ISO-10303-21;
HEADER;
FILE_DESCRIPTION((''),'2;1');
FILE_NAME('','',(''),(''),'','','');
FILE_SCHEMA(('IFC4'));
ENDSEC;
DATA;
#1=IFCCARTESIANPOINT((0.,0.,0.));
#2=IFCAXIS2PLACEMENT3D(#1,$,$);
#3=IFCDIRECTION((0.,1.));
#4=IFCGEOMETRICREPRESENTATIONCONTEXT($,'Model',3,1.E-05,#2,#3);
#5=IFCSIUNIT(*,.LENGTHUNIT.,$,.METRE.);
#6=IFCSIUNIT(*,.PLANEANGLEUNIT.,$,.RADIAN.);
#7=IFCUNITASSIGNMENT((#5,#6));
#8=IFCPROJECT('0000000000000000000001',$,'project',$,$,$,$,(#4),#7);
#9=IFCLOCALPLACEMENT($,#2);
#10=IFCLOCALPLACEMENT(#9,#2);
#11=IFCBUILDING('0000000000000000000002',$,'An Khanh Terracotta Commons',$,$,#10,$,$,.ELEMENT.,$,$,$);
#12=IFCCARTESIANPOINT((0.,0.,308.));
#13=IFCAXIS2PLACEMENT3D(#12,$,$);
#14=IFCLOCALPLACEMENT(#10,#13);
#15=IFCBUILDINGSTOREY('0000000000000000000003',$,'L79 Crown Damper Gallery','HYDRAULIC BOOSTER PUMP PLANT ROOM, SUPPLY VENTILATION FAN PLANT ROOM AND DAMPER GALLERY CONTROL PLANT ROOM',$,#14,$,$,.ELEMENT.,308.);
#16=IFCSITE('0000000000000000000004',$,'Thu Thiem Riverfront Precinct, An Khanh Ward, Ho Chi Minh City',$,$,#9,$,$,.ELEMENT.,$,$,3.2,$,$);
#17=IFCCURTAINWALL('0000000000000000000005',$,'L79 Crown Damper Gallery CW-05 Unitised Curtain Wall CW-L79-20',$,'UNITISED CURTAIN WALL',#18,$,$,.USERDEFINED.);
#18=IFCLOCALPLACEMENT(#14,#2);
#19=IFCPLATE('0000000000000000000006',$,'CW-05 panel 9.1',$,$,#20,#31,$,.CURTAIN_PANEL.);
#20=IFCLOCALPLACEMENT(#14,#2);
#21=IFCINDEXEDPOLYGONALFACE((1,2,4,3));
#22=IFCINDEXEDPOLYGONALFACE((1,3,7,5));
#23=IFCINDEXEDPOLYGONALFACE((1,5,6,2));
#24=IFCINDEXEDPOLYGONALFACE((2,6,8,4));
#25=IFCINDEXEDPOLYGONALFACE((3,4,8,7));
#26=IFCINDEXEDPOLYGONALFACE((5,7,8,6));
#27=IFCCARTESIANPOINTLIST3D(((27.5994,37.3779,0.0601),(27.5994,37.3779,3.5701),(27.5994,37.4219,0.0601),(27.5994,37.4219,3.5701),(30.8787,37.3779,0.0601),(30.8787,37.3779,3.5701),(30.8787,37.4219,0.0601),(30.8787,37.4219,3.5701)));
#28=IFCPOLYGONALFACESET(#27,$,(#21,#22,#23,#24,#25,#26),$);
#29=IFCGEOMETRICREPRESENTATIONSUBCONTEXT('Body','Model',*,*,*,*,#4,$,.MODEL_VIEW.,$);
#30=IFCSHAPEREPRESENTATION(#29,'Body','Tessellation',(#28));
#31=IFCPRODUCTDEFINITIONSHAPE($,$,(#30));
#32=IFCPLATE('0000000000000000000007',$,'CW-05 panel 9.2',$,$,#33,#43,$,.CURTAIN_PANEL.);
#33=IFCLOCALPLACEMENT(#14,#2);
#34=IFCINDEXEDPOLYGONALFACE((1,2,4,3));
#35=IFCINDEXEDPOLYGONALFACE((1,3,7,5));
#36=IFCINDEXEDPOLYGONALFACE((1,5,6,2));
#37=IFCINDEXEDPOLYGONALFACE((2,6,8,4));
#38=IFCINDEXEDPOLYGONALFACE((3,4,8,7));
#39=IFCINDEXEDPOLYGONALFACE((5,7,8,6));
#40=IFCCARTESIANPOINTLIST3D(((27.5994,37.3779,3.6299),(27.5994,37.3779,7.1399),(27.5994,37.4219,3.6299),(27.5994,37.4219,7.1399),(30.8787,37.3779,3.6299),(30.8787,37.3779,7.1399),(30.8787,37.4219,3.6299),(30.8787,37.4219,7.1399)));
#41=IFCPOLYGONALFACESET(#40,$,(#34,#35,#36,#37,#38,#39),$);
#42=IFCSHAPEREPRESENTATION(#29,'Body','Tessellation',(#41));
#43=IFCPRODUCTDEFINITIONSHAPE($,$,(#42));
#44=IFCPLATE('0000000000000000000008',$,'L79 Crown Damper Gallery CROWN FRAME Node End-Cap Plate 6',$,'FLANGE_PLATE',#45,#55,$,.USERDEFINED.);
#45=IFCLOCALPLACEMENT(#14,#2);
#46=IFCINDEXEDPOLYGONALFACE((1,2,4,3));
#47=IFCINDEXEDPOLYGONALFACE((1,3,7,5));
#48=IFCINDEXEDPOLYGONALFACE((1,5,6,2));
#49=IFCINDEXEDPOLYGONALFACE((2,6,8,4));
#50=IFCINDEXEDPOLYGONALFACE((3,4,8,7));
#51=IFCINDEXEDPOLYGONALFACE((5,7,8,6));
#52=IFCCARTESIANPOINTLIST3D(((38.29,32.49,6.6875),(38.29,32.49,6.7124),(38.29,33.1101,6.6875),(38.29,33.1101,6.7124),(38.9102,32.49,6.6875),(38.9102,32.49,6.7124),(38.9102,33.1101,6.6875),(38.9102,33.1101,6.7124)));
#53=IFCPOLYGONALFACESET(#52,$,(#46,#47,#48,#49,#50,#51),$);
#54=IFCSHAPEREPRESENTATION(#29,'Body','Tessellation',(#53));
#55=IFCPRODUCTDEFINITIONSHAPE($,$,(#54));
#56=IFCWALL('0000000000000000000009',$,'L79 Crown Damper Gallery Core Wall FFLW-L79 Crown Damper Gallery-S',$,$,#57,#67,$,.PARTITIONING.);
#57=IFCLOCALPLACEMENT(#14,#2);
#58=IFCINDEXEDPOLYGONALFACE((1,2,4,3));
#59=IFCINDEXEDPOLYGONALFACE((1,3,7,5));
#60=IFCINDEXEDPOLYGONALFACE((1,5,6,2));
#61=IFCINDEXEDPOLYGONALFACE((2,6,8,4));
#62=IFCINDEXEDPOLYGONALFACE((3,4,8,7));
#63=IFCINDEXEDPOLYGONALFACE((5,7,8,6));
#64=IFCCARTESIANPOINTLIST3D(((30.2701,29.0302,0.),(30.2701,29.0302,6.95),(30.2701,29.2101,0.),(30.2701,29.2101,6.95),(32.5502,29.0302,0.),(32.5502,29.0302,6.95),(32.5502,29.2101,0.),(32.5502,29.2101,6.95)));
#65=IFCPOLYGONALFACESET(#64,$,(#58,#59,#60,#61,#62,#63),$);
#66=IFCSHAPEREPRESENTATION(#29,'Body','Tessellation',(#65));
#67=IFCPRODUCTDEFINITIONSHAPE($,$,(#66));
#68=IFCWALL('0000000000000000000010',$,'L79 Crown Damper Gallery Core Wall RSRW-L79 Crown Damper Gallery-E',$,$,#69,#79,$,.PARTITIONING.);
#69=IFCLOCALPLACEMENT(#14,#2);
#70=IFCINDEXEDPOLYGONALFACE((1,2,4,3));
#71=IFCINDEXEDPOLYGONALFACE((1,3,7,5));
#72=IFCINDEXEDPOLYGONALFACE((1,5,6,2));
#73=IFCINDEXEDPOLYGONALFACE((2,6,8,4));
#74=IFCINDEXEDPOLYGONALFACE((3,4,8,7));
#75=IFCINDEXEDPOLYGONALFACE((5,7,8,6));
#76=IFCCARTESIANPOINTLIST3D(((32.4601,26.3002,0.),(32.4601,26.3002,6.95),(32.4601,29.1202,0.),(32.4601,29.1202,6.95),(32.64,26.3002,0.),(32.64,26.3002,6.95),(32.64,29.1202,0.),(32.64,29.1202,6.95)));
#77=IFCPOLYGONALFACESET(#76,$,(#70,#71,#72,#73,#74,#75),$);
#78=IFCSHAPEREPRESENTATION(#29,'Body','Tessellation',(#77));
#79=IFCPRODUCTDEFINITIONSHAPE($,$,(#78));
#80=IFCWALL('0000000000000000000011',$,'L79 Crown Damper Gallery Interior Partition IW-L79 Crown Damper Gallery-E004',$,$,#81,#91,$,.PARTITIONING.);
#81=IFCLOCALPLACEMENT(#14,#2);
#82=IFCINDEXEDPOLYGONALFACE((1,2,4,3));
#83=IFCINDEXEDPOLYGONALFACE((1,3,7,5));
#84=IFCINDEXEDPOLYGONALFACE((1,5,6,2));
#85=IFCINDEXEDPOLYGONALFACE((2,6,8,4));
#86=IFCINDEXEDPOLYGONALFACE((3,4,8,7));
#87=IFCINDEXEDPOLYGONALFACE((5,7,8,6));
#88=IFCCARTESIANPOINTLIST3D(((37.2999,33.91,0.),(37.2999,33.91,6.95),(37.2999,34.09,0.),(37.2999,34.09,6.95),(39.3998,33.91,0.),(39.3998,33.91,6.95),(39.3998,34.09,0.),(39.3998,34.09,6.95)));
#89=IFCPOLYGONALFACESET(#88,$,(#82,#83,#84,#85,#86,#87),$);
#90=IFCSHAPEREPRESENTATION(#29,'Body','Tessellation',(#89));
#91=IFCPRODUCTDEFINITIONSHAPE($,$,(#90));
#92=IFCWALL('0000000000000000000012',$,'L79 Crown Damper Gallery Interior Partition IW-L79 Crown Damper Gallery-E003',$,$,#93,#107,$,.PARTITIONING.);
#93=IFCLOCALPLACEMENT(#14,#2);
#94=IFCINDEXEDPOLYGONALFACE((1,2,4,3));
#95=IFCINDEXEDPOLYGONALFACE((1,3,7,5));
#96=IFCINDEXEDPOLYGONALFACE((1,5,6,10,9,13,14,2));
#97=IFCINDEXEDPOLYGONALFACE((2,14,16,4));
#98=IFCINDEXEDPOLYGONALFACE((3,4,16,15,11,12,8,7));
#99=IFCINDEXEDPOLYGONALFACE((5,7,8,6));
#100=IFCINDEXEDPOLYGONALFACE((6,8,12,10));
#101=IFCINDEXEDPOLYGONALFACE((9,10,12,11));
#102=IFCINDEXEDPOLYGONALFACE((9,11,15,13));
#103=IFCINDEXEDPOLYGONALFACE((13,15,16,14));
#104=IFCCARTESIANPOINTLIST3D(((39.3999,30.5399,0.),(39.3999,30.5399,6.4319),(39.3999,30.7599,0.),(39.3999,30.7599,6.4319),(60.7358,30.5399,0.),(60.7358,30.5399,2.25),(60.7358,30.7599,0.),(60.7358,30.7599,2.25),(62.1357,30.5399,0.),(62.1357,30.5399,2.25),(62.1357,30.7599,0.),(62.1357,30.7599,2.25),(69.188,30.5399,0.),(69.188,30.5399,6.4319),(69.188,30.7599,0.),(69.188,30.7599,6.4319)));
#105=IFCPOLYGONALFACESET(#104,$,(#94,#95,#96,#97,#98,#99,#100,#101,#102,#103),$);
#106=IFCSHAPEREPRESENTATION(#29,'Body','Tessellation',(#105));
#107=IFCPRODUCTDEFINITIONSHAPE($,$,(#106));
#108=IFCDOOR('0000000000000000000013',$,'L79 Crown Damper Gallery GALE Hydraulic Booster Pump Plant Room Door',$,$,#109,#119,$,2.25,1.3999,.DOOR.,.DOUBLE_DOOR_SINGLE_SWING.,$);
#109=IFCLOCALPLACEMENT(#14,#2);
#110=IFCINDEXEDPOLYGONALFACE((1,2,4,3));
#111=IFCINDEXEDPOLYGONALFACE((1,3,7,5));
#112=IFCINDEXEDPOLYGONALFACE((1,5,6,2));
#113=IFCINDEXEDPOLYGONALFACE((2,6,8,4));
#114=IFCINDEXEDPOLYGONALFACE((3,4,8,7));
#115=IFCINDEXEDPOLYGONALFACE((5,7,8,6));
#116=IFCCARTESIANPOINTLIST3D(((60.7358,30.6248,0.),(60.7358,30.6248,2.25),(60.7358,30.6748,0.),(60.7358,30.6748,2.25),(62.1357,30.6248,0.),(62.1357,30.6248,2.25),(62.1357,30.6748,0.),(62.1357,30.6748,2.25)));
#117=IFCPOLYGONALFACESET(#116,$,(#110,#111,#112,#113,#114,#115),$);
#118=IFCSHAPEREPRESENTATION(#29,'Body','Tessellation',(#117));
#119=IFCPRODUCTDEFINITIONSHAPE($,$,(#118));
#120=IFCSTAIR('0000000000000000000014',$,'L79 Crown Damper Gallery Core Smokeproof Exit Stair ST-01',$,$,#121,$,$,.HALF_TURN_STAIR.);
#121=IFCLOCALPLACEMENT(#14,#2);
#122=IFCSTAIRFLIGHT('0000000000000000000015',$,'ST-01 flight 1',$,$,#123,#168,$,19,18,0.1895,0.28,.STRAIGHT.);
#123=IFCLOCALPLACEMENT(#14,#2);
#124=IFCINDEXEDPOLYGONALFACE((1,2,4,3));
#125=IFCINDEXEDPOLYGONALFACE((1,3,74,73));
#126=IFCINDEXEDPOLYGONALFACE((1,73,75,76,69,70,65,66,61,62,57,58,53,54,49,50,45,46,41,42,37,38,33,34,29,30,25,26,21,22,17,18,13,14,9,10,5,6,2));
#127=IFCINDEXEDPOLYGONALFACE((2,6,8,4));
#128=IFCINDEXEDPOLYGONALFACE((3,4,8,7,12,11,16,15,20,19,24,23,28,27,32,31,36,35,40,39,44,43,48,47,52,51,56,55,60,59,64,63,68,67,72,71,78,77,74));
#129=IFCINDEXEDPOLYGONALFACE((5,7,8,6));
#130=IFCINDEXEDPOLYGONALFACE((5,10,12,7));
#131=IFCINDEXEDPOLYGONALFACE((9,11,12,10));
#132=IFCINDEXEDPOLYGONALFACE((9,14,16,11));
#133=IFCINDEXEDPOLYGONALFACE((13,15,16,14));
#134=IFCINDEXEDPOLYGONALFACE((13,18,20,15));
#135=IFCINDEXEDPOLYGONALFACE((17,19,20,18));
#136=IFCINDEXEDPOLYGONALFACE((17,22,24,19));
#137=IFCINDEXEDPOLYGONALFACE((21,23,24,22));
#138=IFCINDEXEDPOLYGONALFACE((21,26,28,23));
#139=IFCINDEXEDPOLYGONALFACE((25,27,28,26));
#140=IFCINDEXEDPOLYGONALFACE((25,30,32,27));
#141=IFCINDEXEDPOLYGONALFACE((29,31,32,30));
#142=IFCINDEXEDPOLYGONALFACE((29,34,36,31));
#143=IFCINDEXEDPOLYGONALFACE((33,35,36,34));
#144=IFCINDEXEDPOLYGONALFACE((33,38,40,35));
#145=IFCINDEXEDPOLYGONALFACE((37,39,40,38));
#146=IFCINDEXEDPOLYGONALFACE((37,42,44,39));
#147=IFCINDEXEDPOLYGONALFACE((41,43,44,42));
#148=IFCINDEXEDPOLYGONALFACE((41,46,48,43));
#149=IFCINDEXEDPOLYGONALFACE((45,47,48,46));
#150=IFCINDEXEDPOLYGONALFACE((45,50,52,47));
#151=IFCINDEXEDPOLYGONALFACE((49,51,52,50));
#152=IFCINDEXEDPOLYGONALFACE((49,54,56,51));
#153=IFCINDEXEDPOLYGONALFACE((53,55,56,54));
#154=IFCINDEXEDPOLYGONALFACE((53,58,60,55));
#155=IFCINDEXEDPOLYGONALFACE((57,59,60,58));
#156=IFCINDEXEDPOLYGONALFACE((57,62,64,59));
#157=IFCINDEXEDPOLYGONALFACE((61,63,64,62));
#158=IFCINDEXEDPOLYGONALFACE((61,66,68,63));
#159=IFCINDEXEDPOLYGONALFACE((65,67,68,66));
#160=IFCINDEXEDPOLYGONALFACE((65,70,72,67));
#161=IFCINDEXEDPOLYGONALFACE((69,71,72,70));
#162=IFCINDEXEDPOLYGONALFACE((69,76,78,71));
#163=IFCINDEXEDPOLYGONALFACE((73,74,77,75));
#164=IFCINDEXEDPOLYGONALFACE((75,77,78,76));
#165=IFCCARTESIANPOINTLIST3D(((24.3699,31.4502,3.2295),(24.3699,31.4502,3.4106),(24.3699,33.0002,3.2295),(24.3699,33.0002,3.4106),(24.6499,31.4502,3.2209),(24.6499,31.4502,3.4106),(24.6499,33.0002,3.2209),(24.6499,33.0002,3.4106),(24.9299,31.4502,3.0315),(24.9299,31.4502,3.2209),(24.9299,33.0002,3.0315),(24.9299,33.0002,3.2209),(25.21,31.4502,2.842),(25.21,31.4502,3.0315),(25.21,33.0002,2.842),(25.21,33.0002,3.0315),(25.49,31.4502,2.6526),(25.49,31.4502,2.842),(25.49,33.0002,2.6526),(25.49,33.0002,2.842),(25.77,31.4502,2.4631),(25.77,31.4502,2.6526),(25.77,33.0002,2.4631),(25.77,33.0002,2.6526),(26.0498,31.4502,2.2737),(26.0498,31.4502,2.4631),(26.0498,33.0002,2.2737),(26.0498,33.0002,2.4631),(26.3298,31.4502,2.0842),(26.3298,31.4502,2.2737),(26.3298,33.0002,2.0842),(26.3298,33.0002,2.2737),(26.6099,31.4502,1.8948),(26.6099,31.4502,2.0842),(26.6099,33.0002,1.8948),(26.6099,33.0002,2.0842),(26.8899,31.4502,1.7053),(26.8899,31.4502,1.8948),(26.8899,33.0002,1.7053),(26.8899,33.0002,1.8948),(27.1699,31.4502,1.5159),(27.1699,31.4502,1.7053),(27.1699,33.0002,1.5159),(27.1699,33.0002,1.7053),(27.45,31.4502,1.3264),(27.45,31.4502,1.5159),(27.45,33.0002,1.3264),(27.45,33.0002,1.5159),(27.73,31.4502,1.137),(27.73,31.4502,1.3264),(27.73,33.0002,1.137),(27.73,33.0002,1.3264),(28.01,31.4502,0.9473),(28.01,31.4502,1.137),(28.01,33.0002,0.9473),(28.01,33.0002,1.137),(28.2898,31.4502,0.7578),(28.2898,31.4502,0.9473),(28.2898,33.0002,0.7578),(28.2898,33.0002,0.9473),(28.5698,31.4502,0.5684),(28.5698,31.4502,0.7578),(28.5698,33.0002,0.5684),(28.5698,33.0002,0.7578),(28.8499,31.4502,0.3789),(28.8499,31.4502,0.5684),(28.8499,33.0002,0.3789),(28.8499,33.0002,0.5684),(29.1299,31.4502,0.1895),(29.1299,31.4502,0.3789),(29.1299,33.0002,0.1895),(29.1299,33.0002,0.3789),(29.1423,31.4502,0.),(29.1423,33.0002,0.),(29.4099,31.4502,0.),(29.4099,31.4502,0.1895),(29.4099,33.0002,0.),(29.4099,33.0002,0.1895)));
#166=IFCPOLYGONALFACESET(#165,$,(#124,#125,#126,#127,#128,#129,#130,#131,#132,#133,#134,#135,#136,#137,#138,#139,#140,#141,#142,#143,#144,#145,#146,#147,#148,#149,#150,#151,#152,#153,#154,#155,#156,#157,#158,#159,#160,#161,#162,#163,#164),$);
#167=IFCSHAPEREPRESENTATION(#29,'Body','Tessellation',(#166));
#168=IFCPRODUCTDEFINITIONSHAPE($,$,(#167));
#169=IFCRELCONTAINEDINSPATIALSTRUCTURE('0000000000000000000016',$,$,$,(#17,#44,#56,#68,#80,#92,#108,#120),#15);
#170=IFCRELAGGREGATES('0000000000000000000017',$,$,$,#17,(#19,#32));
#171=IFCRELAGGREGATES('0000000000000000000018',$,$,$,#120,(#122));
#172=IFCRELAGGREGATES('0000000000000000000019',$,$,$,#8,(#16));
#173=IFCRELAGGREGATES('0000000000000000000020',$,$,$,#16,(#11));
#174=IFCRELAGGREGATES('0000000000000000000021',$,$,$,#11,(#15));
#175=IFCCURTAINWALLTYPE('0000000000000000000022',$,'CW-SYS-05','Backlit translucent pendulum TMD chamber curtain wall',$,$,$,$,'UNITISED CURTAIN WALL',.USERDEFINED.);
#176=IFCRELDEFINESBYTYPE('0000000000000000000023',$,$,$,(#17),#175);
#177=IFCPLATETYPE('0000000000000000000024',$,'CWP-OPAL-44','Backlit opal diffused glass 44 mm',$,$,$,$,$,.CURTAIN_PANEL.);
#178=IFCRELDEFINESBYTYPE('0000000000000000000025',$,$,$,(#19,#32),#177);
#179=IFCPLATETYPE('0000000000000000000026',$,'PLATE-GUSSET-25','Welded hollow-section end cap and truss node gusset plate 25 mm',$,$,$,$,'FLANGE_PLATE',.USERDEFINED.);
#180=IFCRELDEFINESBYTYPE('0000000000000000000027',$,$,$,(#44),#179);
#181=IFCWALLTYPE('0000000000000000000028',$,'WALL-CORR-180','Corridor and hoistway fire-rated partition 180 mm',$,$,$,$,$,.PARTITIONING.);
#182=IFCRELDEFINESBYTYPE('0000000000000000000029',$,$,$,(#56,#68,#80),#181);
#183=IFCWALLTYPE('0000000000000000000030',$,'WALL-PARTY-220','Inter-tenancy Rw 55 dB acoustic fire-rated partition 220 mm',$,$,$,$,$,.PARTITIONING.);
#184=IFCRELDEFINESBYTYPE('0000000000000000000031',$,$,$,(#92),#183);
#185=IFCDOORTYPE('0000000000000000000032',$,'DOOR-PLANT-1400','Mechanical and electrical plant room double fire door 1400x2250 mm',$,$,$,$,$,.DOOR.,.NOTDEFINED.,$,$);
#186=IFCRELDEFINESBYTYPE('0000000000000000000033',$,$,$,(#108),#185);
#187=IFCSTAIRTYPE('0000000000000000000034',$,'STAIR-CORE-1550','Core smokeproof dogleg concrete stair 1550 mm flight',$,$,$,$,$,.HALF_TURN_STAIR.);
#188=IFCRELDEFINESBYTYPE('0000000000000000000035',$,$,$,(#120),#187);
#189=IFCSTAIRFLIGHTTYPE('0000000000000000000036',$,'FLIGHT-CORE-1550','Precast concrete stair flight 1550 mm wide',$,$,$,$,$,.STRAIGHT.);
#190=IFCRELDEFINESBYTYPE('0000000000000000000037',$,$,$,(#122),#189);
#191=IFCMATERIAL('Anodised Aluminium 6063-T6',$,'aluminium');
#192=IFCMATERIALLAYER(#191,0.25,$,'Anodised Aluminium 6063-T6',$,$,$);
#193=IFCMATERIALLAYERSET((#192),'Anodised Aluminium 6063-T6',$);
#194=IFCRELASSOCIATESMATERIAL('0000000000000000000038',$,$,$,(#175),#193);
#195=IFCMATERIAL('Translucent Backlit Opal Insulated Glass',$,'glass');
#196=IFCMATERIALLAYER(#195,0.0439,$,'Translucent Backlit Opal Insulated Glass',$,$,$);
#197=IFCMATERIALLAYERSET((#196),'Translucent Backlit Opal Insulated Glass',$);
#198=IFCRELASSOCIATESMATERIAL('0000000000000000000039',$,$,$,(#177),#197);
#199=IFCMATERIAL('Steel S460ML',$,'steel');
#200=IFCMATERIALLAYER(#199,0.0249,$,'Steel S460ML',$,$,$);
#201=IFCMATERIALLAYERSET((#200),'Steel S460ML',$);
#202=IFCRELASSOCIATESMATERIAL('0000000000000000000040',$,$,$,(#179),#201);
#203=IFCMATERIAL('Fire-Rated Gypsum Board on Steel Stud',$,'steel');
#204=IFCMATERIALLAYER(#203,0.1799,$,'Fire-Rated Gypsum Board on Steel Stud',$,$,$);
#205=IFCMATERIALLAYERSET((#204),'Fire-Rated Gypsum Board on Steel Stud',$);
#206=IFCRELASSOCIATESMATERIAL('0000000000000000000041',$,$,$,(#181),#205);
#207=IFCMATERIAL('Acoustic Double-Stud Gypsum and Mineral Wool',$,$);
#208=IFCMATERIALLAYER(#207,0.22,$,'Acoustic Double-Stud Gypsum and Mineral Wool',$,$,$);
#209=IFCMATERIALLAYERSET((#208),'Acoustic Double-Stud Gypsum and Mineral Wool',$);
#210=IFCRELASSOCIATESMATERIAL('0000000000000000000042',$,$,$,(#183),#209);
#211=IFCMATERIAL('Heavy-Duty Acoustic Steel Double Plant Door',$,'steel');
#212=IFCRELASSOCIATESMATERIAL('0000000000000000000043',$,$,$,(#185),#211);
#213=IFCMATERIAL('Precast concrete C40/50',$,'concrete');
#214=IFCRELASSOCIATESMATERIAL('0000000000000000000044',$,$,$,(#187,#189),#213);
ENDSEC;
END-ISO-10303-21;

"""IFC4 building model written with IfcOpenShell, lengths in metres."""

from ifc_helpers import new_model, si_unit, direction, frame, frame_2d, origin, origin_2d, place, context, subcontext, project, spatial, polyline, rectangle, outline, extrude, material, layer, layer_set, type_object, element, fill, aggregate, save


model = new_model("IFC4")

# Units and contexts
model_context = context("Model", 3, precision=1e-05, world=origin(), true_north=direction((0.0, 1.0)))
body_context = subcontext(model_context, "Body", "Model", "MODEL_VIEW")
ifc_project = project(units=[si_unit("LENGTHUNIT", "METRE"), si_unit("PLANEANGLEUNIT", "RADIAN")], contexts=[model_context])

# Site, building, storey
site_placement = place(None, origin())
site = spatial("IfcSite", under=ifc_project, at=site_placement, Name="Thu Thiem Riverfront Precinct, An Khanh Ward, Ho Chi Minh City", CompositionType="ELEMENT", RefElevation=3.2)
building_placement = place(site_placement, origin())
building = spatial("IfcBuilding", under=site, at=building_placement, Name="An Khanh Terracotta Commons", CompositionType="ELEMENT")
storey_placement = place(building_placement, frame((0.0, 0.0, 308.0)))
storey = spatial("IfcBuildingStorey", under=building, at=storey_placement, Name="L79 Crown Damper Gallery", Description="HYDRAULIC BOOSTER PUMP PLANT ROOM, SUPPLY VENTILATION FAN PLANT ROOM AND DAMPER GALLERY CONTROL PLANT ROOM", CompositionType="ELEMENT", Elevation=308.0)

# Shared definitions
ifc_material_1 = material(Name="Steel S460ML", Category="steel")

# Curtain wall, plates
ifc_material_2 = material(Name="Anodised Aluminium 6063-T6", Category="aluminium")
ifc_layer_1 = layer(ifc_material_2, 0.25, Name="Anodised Aluminium 6063-T6")
ifc_layer_set_1 = layer_set([ifc_layer_1], Name="Anodised Aluminium 6063-T6")
curtain_wall_type = type_object("IfcCurtainWallType", Name="CW-SYS-05", Description="Backlit translucent pendulum TMD chamber curtain wall", ElementType="UNITISED CURTAIN WALL", PredefinedType="USERDEFINED", material=ifc_layer_set_1)
curtain_wall_placement = place(storey_placement, origin())
curtain_wall = element("IfcCurtainWall", 1, at=curtain_wall_placement, inside=storey, type_object=curtain_wall_type, Name="L79 Crown Damper Gallery CW-05 Unitised Curtain Wall CW-L79-20", ObjectType="UNITISED CURTAIN WALL", PredefinedType="USERDEFINED")
ifc_material_3 = material(Name="Translucent Backlit Opal Insulated Glass", Category="glass")
ifc_layer_2 = layer(ifc_material_3, 0.0439, Name="Translucent Backlit Opal Insulated Glass")
ifc_layer_set_2 = layer_set([ifc_layer_2], Name="Translucent Backlit Opal Insulated Glass")
plate_type_1 = type_object("IfcPlateType", Name="CWP-OPAL-44", Description="Backlit opal diffused glass 44 mm", PredefinedType="CURTAIN_PANEL", material=ifc_layer_set_2)
plate_1_placement = place(storey_placement, frame((29.239, 37.3999, 0.0601), z_axis=(0.0, 0.0, 1.0), x_axis=(-1.0, 0.0, 0.0)))
plate_1 = element("IfcPlate", 2, at=plate_1_placement, type_object=plate_type_1, Name="CW-05 panel 9.1", PredefinedType="CURTAIN_PANEL", context=body_context, shape_type="SweptSolid", body=[
    extrude(rectangle(XDim=3.2793, YDim=0.0439, at=origin_2d()), origin(), (0.0, 0.0, 1.0), 3.51),
])
plate_2_placement = place(storey_placement, frame((29.239, 37.3999, 3.6299), z_axis=(0.0, 0.0, 1.0), x_axis=(-1.0, 0.0, 0.0)))
plate_2 = element("IfcPlate", 3, at=plate_2_placement, type_object=plate_type_1, Name="CW-05 panel 9.2", PredefinedType="CURTAIN_PANEL", context=body_context, shape_type="SweptSolid", body=[
    extrude(rectangle(XDim=3.2793, YDim=0.0439, at=origin_2d()), origin(), (0.0, 0.0, 1.0), 3.51),
])
aggregate(curtain_wall, [plate_1, plate_2])

# Plate
ifc_layer_3 = layer(ifc_material_1, 0.0249, Name="Steel S460ML")
ifc_layer_set_3 = layer_set([ifc_layer_3], Name="Steel S460ML")
plate_type_2 = type_object("IfcPlateType", Name="PLATE-GUSSET-25", Description="Welded hollow-section end cap and truss node gusset plate 25 mm", ElementType="FLANGE_PLATE", PredefinedType="USERDEFINED", material=ifc_layer_set_3)
plate_3_placement = place(storey_placement, frame((38.6001, 32.8, 6.6875), z_axis=(0.0, 0.0, 1.0), x_axis=(1.0, 0.0, 0.0)))
element("IfcPlate", 4, at=plate_3_placement, inside=storey, type_object=plate_type_2, Name="L79 Crown Damper Gallery CROWN FRAME Node End-Cap Plate 6", ObjectType="FLANGE_PLATE", PredefinedType="USERDEFINED", context=body_context, shape_type="SweptSolid", body=[
    extrude(rectangle(XDim=0.6201, YDim=0.6201, at=origin_2d()), origin(), (0.0, 0.0, 1.0), 0.0249),
])

# Walls
ifc_material_4 = material(Name="Fire-Rated Gypsum Board on Steel Stud", Category="steel")
ifc_layer_4 = layer(ifc_material_4, 0.1799, Name="Fire-Rated Gypsum Board on Steel Stud")
ifc_layer_set_4 = layer_set([ifc_layer_4], Name="Fire-Rated Gypsum Board on Steel Stud")
wall_type_1 = type_object("IfcWallType", Name="WALL-CORR-180", Description="Corridor and hoistway fire-rated partition 180 mm", PredefinedType="PARTITIONING", material=ifc_layer_set_4)
wall_1_placement = place(storey_placement, frame((30.27, 29.1201, 0.0), z_axis=(0.0, 0.0, 1.0), x_axis=(1.0, 0.0, 0.0)))
element("IfcWall", 5, at=wall_1_placement, inside=storey, type_object=wall_type_1, Name="L79 Crown Damper Gallery Core Wall FFLW-L79 Crown Damper Gallery-S", PredefinedType="PARTITIONING", context=body_context, shape_type="SweptSolid", body=[
    extrude(rectangle(XDim=2.28, YDim=0.1799, at=frame_2d((1.1401, 0.0))), origin(), (0.0, 0.0, 1.0), 6.95),
])
wall_2_placement = place(storey_placement, frame((32.55, 26.3, 0.0), z_axis=(0.0, 0.0, 1.0), x_axis=(0.0, 1.0, 0.0)))
element("IfcWall", 6, at=wall_2_placement, inside=storey, type_object=wall_type_1, Name="L79 Crown Damper Gallery Core Wall RSRW-L79 Crown Damper Gallery-E", PredefinedType="PARTITIONING", context=body_context, shape_type="SweptSolid", body=[
    extrude(rectangle(XDim=2.8201, YDim=0.1799, at=frame_2d((1.4102, 0.0))), origin(), (0.0, 0.0, 1.0), 6.95),
])
wall_3_placement = place(storey_placement, frame((37.3, 34.0, 0.0), z_axis=(0.0, 0.0, 1.0), x_axis=(1.0, 0.0, 0.0)))
element("IfcWall", 7, at=wall_3_placement, inside=storey, type_object=wall_type_1, Name="L79 Crown Damper Gallery Interior Partition IW-L79 Crown Damper Gallery-E004", PredefinedType="PARTITIONING", context=body_context, shape_type="SweptSolid", body=[
    extrude(rectangle(XDim=2.0999, YDim=0.1799, at=frame_2d((1.0498, 0.0))), origin(), (0.0, 0.0, 1.0), 6.95),
])

# Wall, opening, door
ifc_material_5 = material(Name="Acoustic Double-Stud Gypsum and Mineral Wool")
ifc_layer_5 = layer(ifc_material_5, 0.22, Name="Acoustic Double-Stud Gypsum and Mineral Wool")
ifc_layer_set_5 = layer_set([ifc_layer_5], Name="Acoustic Double-Stud Gypsum and Mineral Wool")
wall_type_2 = type_object("IfcWallType", Name="WALL-PARTY-220", Description="Inter-tenancy Rw 55 dB acoustic fire-rated partition 220 mm", PredefinedType="PARTITIONING", material=ifc_layer_set_5)
wall_4_placement = place(storey_placement, frame((39.3999, 30.6499, 0.0), z_axis=(0.0, 0.0, 1.0), x_axis=(1.0, 0.0, 0.0)))
wall_4 = element("IfcWall", 8, at=wall_4_placement, inside=storey, type_object=wall_type_2, Name="L79 Crown Damper Gallery Interior Partition IW-L79 Crown Damper Gallery-E003", PredefinedType="PARTITIONING", context=body_context, shape_type="SweptSolid", body=[
    extrude(rectangle(XDim=29.7881, YDim=0.22, at=frame_2d((14.894, 0.0))), origin(), (0.0, 0.0, 1.0), 6.4319),
])
opening_1_placement = place(wall_4_placement, frame((21.3359, 0.0, 0.0)))
opening_1 = element("IfcOpeningElement", 9, at=opening_1_placement, cuts=wall_4, PredefinedType="OPENING", context=body_context, shape_type="SweptSolid", body=[
    extrude(rectangle(XDim=1.3999, YDim=2.25, at=frame_2d((0.7, 1.125))), frame((0.0, 0.1199, 0.0), z_axis=(0.0, -1.0, 0.0), x_axis=(1.0, 0.0, 0.0)), (0.0, 0.0, 1.0), 0.24),
])
ifc_material_6 = material(Name="Heavy-Duty Acoustic Steel Double Plant Door", Category="steel")
door_type_1 = type_object("IfcDoorType", Name="DOOR-PLANT-1400", Description="Mechanical and electrical plant room double fire door 1400x2250 mm", OperationType="NOTDEFINED", PredefinedType="DOOR", material=ifc_material_6)
door_1_placement = place(opening_1_placement, origin())
door_1 = element("IfcDoor", 10, at=door_1_placement, inside=storey, type_object=door_type_1, Name="L79 Crown Damper Gallery GALE Hydraulic Booster Pump Plant Room Door", OperationType="DOUBLE_DOOR_SINGLE_SWING", OverallHeight=2.25, OverallWidth=1.3999, PredefinedType="DOOR", context=body_context, shape_type="SweptSolid", body=[
    extrude(rectangle(XDim=1.3999, YDim=2.25, at=frame_2d((0.7, 1.125))), frame((0.0, 0.0249, 0.0), z_axis=(0.0, -1.0, 0.0), x_axis=(1.0, 0.0, 0.0)), (0.0, 0.0, 1.0), 0.05),
])
fill(opening_1, door_1)

# Stair, stair flight
ifc_material_7 = material(Name="Precast concrete C40/50", Category="concrete")
stair_type = type_object("IfcStairType", Name="STAIR-CORE-1550", Description="Core smokeproof dogleg concrete stair 1550 mm flight", PredefinedType="HALF_TURN_STAIR", material=ifc_material_7)
stair_placement = place(storey_placement, origin())
stair = element("IfcStair", 11, at=stair_placement, inside=storey, type_object=stair_type, Name="L79 Crown Damper Gallery Core Smokeproof Exit Stair ST-01", PredefinedType="HALF_TURN_STAIR")
stair_flight_type = type_object("IfcStairFlightType", Name="FLIGHT-CORE-1550", Description="Precast concrete stair flight 1550 mm wide", PredefinedType="STRAIGHT", material=ifc_material_7)
stair_flight_placement = place(storey_placement, frame((29.4099, 32.2251, 0.0), z_axis=(0.0, 0.0, 1.0), x_axis=(-1.0, 0.0, 0.0)))
stair_flight = element("IfcStairFlight", 12, at=stair_flight_placement, type_object=stair_flight_type, Name="ST-01 flight 1", NumberOfRisers=19, NumberOfTreads=18, PredefinedType="STRAIGHT", RiserHeight=0.1895, TreadLength=0.28, context=body_context, shape_type="SweptSolid", body=[
    extrude(outline(polyline([(0.0, 0.0), (0.0, 0.1895), (0.28, 0.1895), (0.28, 0.3789), (0.5601, 0.3789), (0.5601, 0.5684), (0.8401, 0.5684), (0.8401, 0.7578), (1.1201, 0.7578), (1.1201, 0.9473), (1.3999, 0.9473), (1.3999, 1.137), (1.6799, 1.137), (1.6799, 1.3264), (1.96, 1.3264), (1.96, 1.5159), (2.24, 1.5159), (2.24, 1.7053), (2.52, 1.7053), (2.52, 1.8948), (2.8, 1.8948), (2.8, 2.0842), (3.0801, 2.0842), (3.0801, 2.2737), (3.3601, 2.2737), (3.3601, 2.4631), (3.6399, 2.4631), (3.6399, 2.6526), (3.9199, 2.6526), (3.9199, 2.842), (4.2, 2.842), (4.2, 3.0315), (4.48, 3.0315), (4.48, 3.2209), (4.76, 3.2209), (4.76, 3.4106), (5.04, 3.4106), (5.04, 3.6001), (5.04, 3.2295), (0.2676, 0.0), (0.0, 0.0)])), frame((0.0, 0.7749, 0.0), z_axis=(0.0, -1.0, 0.0), x_axis=(1.0, 0.0, 0.0)), (0.0, 0.0, 1.0), 1.55),
])
aggregate(stair, [stair_flight])

save(model, "model.ifc")
